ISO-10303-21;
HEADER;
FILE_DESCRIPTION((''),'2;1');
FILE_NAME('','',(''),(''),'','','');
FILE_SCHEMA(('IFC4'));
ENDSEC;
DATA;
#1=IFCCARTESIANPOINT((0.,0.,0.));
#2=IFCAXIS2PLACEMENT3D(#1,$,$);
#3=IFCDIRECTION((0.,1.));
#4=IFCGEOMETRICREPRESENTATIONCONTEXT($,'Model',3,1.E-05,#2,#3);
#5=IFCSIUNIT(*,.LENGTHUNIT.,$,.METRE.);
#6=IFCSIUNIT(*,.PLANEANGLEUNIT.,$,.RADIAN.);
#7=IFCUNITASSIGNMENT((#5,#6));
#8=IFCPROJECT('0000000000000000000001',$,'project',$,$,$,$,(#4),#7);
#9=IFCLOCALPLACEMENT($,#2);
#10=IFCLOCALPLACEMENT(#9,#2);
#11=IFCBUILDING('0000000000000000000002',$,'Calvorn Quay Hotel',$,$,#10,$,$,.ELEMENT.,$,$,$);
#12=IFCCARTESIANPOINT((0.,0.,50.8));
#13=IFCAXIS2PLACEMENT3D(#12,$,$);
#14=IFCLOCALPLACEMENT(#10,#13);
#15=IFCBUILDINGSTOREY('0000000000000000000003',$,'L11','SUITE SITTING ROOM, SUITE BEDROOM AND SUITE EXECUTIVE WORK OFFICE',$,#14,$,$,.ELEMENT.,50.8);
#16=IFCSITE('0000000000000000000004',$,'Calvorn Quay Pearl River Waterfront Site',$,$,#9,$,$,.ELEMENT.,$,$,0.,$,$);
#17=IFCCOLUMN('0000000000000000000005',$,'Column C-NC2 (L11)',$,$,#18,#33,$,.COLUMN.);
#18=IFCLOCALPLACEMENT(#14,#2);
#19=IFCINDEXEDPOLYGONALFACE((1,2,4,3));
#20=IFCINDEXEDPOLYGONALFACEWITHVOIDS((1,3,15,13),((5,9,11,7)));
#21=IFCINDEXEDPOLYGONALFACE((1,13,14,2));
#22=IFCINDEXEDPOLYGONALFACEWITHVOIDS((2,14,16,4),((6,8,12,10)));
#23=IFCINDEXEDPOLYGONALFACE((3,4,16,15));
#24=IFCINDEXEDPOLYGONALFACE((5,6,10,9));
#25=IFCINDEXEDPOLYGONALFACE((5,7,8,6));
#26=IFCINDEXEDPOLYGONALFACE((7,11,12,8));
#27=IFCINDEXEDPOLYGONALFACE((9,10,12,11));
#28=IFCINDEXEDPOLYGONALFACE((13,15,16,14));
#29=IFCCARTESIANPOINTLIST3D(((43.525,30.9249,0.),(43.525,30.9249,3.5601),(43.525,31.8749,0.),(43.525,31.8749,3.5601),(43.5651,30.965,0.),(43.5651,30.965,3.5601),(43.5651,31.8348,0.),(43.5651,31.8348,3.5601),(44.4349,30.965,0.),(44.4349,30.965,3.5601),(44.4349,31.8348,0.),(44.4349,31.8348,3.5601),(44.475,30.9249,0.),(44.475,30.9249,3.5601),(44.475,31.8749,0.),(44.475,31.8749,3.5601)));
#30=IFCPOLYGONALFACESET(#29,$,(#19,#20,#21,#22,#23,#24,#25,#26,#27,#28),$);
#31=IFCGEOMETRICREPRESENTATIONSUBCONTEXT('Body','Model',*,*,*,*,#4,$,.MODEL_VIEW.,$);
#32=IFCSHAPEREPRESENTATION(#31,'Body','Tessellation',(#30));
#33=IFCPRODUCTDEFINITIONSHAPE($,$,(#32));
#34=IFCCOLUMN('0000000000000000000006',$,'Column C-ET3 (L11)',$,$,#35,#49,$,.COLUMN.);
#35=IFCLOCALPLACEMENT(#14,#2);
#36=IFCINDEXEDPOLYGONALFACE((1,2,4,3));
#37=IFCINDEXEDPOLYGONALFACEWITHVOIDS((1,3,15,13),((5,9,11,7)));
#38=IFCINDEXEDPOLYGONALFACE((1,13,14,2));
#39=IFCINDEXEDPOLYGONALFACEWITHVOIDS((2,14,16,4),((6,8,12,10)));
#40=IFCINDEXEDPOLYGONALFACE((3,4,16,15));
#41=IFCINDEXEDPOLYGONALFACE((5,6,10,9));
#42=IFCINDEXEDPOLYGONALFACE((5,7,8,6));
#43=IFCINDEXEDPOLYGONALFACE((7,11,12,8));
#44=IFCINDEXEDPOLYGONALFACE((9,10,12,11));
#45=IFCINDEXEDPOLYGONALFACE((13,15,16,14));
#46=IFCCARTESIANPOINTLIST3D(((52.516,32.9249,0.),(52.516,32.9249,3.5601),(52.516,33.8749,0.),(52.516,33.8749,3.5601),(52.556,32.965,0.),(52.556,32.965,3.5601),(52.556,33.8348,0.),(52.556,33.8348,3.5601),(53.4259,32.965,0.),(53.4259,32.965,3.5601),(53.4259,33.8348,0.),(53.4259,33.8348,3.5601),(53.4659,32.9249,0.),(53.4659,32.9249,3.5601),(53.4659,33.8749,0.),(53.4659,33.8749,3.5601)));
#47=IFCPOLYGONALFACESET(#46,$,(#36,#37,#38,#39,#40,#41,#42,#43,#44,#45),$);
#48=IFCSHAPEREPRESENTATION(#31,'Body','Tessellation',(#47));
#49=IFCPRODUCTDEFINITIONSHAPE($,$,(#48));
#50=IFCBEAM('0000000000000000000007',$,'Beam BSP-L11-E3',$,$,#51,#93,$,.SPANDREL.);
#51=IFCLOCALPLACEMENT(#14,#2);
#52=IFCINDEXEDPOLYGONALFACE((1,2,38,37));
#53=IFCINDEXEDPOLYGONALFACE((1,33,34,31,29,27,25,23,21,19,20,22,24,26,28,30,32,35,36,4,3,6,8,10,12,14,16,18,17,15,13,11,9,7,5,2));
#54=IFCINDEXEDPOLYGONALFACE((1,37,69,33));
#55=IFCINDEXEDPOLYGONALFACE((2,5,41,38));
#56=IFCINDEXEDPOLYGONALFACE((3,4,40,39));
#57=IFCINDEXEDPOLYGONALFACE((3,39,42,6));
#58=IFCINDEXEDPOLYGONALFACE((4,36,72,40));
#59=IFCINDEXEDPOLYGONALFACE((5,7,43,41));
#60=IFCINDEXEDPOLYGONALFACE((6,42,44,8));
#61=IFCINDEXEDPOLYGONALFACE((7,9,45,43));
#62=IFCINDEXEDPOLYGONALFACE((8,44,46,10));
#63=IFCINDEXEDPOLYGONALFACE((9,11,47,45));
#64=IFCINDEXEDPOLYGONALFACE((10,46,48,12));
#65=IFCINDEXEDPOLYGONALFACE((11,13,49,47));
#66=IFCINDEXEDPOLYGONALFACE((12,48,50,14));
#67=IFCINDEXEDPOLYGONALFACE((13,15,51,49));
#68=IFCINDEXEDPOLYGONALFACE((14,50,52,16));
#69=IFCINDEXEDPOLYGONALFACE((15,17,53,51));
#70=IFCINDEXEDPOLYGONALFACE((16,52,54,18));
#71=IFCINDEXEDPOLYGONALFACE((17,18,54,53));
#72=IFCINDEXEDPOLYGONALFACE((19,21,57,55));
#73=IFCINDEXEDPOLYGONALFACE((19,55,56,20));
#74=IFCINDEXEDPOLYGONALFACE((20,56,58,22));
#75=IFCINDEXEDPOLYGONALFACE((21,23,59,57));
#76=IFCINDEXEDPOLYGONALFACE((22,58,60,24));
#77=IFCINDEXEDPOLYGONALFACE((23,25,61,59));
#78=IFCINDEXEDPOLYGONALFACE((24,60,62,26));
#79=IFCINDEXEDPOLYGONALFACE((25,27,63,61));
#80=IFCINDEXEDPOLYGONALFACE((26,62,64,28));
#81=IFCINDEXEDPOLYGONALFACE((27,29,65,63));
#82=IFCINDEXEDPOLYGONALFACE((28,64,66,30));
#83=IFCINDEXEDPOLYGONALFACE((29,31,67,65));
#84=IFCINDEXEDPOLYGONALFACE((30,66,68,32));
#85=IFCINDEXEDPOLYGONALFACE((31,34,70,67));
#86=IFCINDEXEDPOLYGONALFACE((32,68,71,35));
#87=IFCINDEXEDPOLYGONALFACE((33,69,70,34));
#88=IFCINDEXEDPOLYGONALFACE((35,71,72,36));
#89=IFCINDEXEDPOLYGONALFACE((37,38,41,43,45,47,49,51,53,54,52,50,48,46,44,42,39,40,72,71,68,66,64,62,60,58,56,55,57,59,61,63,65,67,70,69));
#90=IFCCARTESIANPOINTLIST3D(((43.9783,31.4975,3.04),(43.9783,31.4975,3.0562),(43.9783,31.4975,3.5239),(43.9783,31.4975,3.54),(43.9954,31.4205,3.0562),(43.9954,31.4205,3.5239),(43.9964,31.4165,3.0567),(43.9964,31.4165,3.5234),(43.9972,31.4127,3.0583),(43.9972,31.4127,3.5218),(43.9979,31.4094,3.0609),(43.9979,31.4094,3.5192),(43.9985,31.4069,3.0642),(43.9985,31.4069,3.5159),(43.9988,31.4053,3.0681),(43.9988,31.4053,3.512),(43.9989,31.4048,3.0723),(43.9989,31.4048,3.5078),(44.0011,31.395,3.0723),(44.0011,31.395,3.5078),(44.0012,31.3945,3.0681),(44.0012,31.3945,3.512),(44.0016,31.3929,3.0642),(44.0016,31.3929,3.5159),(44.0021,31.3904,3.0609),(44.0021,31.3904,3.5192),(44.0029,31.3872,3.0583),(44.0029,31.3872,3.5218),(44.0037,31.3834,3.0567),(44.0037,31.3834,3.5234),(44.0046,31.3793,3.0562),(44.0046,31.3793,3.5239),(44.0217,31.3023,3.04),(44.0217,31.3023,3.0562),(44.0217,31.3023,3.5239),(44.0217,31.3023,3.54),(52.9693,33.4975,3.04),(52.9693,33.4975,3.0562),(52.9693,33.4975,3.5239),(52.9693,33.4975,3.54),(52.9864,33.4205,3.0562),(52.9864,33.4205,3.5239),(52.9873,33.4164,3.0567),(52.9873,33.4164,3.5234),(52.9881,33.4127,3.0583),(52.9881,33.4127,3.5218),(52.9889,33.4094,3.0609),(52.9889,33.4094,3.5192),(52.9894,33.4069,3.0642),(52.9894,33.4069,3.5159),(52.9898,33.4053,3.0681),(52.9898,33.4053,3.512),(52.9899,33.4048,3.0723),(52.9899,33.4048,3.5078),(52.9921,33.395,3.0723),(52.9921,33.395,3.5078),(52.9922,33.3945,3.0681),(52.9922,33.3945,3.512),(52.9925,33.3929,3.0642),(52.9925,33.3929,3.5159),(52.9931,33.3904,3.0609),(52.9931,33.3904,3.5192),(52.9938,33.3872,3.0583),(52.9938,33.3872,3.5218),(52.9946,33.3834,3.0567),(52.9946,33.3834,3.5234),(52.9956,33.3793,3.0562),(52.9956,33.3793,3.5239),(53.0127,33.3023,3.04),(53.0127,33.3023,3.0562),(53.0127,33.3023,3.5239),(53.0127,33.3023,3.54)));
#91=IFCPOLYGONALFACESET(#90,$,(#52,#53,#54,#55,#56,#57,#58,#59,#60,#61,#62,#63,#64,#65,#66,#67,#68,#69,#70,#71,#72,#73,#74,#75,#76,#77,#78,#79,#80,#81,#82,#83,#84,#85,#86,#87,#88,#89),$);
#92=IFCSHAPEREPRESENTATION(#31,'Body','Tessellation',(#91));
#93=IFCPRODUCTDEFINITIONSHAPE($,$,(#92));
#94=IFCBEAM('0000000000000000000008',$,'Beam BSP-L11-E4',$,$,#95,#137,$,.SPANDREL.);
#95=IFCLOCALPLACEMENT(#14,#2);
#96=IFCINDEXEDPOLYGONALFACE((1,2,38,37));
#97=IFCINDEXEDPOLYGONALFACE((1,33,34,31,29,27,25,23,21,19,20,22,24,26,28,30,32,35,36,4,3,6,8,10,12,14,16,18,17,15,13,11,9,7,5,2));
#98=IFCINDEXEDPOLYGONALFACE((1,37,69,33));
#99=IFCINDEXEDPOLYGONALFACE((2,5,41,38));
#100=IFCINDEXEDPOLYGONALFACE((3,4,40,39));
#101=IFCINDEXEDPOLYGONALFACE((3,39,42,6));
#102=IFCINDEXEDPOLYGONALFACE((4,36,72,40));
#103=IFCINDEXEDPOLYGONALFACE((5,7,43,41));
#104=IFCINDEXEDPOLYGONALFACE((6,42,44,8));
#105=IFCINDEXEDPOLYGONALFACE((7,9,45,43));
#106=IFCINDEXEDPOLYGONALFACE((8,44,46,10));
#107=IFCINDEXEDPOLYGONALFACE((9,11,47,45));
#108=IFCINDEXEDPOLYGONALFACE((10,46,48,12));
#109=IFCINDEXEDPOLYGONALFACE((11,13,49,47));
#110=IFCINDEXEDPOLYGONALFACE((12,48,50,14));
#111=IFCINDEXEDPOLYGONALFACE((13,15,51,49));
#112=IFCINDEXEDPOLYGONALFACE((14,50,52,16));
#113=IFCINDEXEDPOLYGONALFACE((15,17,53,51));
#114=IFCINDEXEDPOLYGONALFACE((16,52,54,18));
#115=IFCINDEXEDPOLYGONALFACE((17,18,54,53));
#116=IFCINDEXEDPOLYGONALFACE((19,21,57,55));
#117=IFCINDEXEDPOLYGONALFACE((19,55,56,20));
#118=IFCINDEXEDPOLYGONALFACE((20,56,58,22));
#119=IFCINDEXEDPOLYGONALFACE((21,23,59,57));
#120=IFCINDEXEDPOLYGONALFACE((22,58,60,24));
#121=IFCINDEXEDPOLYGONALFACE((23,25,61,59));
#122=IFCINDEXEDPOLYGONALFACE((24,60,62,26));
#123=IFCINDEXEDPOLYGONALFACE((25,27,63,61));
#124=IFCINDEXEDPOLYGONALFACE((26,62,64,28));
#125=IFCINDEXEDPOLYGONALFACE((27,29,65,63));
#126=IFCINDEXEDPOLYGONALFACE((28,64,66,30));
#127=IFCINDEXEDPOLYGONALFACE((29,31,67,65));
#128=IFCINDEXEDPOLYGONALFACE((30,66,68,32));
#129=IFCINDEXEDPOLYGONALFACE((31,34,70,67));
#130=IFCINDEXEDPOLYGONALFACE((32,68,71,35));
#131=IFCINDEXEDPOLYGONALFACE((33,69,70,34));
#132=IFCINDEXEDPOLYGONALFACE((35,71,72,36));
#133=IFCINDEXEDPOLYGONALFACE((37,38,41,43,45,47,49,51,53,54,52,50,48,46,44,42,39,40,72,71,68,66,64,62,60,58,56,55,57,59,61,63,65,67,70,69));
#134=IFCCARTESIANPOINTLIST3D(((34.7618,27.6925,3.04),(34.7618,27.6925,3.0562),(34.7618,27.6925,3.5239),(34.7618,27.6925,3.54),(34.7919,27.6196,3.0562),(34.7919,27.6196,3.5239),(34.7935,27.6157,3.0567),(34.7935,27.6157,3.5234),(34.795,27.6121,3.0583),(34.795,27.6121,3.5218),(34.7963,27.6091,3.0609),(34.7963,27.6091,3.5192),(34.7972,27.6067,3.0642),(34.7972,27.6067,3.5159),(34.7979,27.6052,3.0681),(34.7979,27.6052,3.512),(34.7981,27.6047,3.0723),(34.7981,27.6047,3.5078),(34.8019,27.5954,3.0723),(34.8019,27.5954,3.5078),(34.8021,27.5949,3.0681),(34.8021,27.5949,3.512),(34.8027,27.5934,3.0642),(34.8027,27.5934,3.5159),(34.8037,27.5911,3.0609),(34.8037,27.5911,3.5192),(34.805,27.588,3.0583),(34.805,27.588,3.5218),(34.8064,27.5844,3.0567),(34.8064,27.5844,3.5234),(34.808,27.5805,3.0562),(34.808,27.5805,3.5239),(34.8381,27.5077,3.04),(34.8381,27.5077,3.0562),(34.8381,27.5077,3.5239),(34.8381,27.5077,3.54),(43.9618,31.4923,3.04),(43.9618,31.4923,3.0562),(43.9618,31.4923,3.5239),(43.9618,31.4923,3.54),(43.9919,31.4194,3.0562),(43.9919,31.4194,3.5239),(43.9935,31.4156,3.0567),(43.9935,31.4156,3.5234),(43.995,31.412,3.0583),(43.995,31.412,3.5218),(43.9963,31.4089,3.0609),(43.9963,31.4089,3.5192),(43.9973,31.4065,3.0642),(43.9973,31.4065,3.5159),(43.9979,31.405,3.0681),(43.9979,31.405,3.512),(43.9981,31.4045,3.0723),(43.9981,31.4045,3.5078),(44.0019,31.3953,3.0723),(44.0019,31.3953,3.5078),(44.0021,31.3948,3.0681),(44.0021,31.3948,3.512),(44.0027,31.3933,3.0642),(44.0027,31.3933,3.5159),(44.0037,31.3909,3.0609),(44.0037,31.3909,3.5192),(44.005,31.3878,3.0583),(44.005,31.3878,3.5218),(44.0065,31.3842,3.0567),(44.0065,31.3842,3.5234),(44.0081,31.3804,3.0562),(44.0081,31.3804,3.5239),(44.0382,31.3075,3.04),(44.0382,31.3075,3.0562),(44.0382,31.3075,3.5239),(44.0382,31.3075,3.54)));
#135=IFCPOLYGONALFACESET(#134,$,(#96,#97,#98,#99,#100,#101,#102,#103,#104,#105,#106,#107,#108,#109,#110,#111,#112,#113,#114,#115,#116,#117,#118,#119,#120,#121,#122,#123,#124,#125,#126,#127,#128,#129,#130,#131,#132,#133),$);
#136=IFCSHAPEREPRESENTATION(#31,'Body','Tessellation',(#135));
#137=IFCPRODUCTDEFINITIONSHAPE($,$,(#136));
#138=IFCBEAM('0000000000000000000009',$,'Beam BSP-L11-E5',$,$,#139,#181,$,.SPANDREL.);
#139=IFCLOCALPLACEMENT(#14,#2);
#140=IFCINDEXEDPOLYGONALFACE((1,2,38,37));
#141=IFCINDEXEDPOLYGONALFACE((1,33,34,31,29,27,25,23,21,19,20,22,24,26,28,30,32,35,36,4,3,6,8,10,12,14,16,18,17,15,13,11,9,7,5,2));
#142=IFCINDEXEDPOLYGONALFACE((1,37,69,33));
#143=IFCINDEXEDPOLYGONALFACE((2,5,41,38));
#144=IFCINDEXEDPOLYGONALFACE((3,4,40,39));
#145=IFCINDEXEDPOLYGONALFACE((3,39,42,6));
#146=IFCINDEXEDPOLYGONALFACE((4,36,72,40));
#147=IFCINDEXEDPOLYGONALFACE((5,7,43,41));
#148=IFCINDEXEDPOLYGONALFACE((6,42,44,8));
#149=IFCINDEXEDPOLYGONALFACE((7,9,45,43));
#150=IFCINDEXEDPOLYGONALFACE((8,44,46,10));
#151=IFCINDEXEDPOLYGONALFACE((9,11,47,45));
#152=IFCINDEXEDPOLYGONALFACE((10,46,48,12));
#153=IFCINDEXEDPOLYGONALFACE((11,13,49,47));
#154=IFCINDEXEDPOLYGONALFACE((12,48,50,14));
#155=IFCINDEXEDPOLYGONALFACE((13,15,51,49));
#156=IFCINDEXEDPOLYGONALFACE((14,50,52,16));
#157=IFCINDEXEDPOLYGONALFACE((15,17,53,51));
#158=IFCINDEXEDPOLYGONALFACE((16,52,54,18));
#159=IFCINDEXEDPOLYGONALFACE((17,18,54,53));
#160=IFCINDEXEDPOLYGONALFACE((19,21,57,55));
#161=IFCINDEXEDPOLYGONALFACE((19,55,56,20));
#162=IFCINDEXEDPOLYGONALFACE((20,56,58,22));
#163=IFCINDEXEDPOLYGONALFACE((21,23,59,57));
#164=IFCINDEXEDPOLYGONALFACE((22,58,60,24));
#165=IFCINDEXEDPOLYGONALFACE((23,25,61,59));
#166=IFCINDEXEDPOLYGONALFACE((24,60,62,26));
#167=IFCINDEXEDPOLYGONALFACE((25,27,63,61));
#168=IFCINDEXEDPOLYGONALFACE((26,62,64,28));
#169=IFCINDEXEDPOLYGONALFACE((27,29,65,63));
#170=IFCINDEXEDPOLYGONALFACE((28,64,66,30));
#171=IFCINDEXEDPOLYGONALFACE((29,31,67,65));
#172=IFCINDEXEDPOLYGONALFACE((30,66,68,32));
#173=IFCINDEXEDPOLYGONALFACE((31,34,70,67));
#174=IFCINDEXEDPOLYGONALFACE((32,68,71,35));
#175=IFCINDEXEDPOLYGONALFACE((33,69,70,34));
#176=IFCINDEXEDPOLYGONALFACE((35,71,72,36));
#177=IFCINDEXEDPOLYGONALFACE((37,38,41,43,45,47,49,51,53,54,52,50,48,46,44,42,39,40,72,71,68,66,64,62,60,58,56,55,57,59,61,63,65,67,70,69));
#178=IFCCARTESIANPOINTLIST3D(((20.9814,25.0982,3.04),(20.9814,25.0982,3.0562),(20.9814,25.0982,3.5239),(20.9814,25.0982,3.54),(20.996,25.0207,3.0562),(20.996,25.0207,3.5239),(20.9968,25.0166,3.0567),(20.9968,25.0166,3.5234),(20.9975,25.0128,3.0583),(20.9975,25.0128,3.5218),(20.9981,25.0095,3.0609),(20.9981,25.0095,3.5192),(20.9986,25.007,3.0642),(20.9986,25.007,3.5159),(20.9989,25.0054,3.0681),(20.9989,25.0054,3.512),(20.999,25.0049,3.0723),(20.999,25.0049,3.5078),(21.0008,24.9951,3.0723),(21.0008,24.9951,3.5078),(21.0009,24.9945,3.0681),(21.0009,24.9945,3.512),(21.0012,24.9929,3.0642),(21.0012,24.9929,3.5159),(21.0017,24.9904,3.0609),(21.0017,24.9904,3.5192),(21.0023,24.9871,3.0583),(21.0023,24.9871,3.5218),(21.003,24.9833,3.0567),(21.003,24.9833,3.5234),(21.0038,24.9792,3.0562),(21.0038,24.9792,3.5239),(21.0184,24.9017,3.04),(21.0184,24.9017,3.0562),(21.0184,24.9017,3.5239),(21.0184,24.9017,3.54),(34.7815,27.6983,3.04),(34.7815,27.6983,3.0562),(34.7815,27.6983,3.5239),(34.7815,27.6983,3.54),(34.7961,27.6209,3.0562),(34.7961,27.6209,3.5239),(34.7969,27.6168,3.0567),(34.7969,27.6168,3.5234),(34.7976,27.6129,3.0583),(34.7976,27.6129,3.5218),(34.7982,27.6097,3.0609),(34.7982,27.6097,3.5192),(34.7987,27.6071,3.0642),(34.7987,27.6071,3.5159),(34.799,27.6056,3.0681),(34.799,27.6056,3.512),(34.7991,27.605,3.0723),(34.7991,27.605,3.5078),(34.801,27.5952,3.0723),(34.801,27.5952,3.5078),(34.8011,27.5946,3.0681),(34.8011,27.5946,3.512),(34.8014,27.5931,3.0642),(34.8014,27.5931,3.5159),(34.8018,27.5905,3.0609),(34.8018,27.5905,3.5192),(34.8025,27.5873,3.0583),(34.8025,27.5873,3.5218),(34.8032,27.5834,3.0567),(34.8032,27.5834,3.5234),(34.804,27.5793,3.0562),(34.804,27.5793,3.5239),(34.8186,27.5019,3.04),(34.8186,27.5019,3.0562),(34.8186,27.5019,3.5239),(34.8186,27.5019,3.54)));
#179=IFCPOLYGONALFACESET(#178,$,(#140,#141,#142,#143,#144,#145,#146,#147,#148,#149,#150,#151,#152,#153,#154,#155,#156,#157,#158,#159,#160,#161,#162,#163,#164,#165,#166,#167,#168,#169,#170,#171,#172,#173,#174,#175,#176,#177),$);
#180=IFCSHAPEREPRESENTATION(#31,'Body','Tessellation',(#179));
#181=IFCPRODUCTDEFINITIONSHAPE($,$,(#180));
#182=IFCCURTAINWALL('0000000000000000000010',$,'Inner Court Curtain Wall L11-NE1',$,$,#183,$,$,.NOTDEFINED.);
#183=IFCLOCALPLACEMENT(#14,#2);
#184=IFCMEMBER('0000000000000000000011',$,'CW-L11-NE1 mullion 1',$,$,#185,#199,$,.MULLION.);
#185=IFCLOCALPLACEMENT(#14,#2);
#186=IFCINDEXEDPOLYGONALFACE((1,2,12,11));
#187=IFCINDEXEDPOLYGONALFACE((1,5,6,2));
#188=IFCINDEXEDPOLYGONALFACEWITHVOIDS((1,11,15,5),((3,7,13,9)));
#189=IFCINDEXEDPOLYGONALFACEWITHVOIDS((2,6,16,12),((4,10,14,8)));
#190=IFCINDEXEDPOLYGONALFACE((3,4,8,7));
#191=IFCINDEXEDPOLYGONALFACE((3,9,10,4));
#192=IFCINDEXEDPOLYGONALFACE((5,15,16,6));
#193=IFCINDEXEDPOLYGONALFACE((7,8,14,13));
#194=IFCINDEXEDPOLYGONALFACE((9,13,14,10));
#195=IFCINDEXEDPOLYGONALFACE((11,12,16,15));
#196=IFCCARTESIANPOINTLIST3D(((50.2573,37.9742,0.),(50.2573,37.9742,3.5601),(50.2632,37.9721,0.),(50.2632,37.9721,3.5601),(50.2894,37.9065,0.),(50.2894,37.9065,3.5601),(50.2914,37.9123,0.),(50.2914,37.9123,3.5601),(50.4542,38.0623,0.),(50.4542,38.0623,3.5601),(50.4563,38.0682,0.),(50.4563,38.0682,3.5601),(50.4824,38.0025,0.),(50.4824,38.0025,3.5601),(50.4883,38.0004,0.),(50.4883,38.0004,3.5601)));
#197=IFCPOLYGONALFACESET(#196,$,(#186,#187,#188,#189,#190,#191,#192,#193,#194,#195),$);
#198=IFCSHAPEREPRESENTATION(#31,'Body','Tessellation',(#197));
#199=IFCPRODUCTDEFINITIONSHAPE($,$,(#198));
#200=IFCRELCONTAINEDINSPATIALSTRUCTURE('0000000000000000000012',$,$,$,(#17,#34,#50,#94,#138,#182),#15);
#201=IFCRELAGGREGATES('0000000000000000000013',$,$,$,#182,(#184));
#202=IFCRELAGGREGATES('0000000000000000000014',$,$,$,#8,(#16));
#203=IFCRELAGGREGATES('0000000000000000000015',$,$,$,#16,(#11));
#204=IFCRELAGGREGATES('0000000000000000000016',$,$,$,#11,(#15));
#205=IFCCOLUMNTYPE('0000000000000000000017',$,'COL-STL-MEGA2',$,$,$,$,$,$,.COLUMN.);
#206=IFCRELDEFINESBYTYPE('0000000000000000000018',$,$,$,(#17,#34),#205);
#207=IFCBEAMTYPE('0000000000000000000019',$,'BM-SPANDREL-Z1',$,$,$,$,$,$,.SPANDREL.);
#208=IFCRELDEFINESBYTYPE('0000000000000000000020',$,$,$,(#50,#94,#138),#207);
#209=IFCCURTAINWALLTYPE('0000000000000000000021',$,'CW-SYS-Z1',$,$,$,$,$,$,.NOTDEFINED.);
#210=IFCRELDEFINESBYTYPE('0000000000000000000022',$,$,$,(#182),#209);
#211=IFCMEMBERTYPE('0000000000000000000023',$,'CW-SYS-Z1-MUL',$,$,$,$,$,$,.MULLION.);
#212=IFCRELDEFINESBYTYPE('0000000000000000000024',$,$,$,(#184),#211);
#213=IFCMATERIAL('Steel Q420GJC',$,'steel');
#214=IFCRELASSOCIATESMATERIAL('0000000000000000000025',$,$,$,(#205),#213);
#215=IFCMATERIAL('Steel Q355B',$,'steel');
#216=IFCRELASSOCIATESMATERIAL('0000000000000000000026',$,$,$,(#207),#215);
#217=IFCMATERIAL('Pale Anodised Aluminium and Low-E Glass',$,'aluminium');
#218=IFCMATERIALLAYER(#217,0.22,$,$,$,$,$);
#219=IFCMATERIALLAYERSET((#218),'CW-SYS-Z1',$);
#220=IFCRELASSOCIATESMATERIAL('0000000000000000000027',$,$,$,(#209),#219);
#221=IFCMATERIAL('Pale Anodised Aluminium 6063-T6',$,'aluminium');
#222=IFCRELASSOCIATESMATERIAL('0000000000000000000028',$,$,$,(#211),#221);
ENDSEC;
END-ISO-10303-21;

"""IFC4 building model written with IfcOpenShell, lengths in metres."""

from ifc_helpers import new_model, si_unit, direction, frame, origin, origin_2d, place, context, subcontext, project, spatial, hollow_rectangle, i_section, extrude, material, layer, layer_set, material_profile, profile_set, type_object, element, aggregate, save


model = new_model("IFC4")

# Units and contexts
model_context = context("Model", 3, precision=1e-05, world=origin(), true_north=direction((0.0, 1.0)))
body_context = subcontext(model_context, "Body", "Model", "MODEL_VIEW")
ifc_project = project(units=[si_unit("LENGTHUNIT", "METRE"), si_unit("PLANEANGLEUNIT", "RADIAN")], contexts=[model_context])

# Site, building, storey
site_placement = place(None, origin())
site = spatial("IfcSite", under=ifc_project, at=site_placement, Name="Calvorn Quay Pearl River Waterfront Site", CompositionType="ELEMENT", RefElevation=0.0)
building_placement = place(site_placement, origin())
building = spatial("IfcBuilding", under=site, at=building_placement, Name="Calvorn Quay Hotel", CompositionType="ELEMENT")
storey_placement = place(building_placement, frame((0.0, 0.0, 50.8)))
storey = spatial("IfcBuildingStorey", under=building, at=storey_placement, Name="L11", Description="SUITE SITTING ROOM, SUITE BEDROOM AND SUITE EXECUTIVE WORK OFFICE", CompositionType="ELEMENT", Elevation=50.8)

# Columns
ifc_material_1 = material(Name="Steel Q420GJC", Category="steel")
ifc_material_profile_1 = material_profile(ifc_material_1, hollow_rectangle(XDim=0.95, YDim=0.95, WallThickness=0.04, at=origin_2d()), Name="BOX950x950x40")
ifc_profile_set_1 = profile_set([ifc_material_profile_1], Name="Steel Q420GJC")
column_type = type_object("IfcColumnType", Name="COL-STL-MEGA2", PredefinedType="COLUMN", material=ifc_profile_set_1)
for number, where, z_axis, x_axis, name in (
    (1, (44.0, 31.3999, 0.0), (0.0, 0.0, 1.0), (1.0, 0.0, 0.0), "Column C-NC2 (L11)"),
    (2, (52.991, 33.3999, 0.0), (0.0, 0.0, 1.0), (1.0, 0.0, 0.0), "Column C-ET3 (L11)"),
):
    element("IfcColumn", number, at=place(storey_placement, frame(where, z_axis=z_axis, x_axis=x_axis)), inside=storey, type_object=column_type, Name=name, PredefinedType="COLUMN", context=body_context, shape_type="SweptSolid", body=[
        extrude(hollow_rectangle(XDim=0.95, YDim=0.95, WallThickness=0.04, at=origin_2d()), origin(), (0.0, 0.0, 1.0), 3.5601),
    ])

# Beams
ifc_material_2 = material(Name="Steel Q355B", Category="steel")
ifc_material_profile_2 = material_profile(ifc_material_2, i_section(OverallWidth=0.2, OverallDepth=0.5, WebThickness=0.01, FlangeThickness=0.0161, FilletRadius=0.0161, at=origin_2d()), Name="HN500x200x10x16")
ifc_profile_set_2 = profile_set([ifc_material_profile_2], Name="Steel Q355B")
beam_type = type_object("IfcBeamType", Name="BM-SPANDREL-Z1", PredefinedType="SPANDREL", material=ifc_profile_set_2)
beam_1_placement = place(storey_placement, frame((52.991, 33.3999, 3.29), z_axis=(-0.976141, -0.217138, 0.0), x_axis=(0.217138, -0.976141, 0.0)))
element("IfcBeam", 3, at=beam_1_placement, inside=storey, type_object=beam_type, Name="Beam BSP-L11-E3", PredefinedType="SPANDREL", context=body_context, shape_type="SweptSolid", body=[
    extrude(i_section(OverallWidth=0.2, OverallDepth=0.5, WebThickness=0.01, FlangeThickness=0.0161, FilletRadius=0.0161, at=origin_2d()), origin(), (0.0, 0.0, 1.0), 9.2107),
])
beam_2_placement = place(storey_placement, frame((44.0, 31.3999, 3.29), z_axis=(-0.924268, -0.381745, 0.0), x_axis=(0.381745, -0.924268, 0.0)))
element("IfcBeam", 4, at=beam_2_placement, inside=storey, type_object=beam_type, Name="Beam BSP-L11-E4", PredefinedType="SPANDREL", context=body_context, shape_type="SweptSolid", body=[
    extrude(i_section(OverallWidth=0.2, OverallDepth=0.5, WebThickness=0.01, FlangeThickness=0.0161, FilletRadius=0.0161, at=origin_2d()), origin(), (0.0, 0.0, 1.0), 9.9539),
])
beam_3_placement = place(storey_placement, frame((34.8, 27.6001, 3.29), z_axis=(-0.982709, -0.185154, 0.0), x_axis=(0.185154, -0.982709, 0.0)))
element("IfcBeam", 5, at=beam_3_placement, inside=storey, type_object=beam_type, Name="Beam BSP-L11-E5", PredefinedType="SPANDREL", context=body_context, shape_type="SweptSolid", body=[
    extrude(i_section(OverallWidth=0.2, OverallDepth=0.5, WebThickness=0.01, FlangeThickness=0.0161, FilletRadius=0.0161, at=origin_2d()), origin(), (0.0, 0.0, 1.0), 14.043),
])

# Curtain wall, member
ifc_material_3 = material(Name="Pale Anodised Aluminium and Low-E Glass", Category="aluminium")
ifc_layer_1 = layer(ifc_material_3, 0.22)
ifc_layer_set_1 = layer_set([ifc_layer_1], Name="CW-SYS-Z1")
curtain_wall_type = type_object("IfcCurtainWallType", Name="CW-SYS-Z1", PredefinedType="NOTDEFINED", material=ifc_layer_set_1)
curtain_wall_placement = place(storey_placement, origin())
curtain_wall = element("IfcCurtainWall", 6, at=curtain_wall_placement, inside=storey, type_object=curtain_wall_type, Name="Inner Court Curtain Wall L11-NE1", PredefinedType="NOTDEFINED")
ifc_material_4 = material(Name="Pale Anodised Aluminium 6063-T6", Category="aluminium")
ifc_material_profile_3 = material_profile(ifc_material_4, hollow_rectangle(XDim=0.075, YDim=0.22, WallThickness=0.0044, at=origin_2d()), Name="ALU-M220x75x4.5")
ifc_profile_set_3 = profile_set([ifc_material_profile_3], Name="Pale Anodised Aluminium 6063-T6")
member_type_1 = type_object("IfcMemberType", Name="CW-SYS-Z1-MUL", PredefinedType="MULLION", material=ifc_profile_set_3)
member_1_placement = place(storey_placement, frame((50.3728, 37.9873, 0.0), z_axis=(0.0, 0.0, 1.0), x_axis=(0.427006, -0.904249, 0.0)))
member_1 = element("IfcMember", 7, at=member_1_placement, type_object=member_type_1, Name="CW-L11-NE1 mullion 1", PredefinedType="MULLION", context=body_context, shape_type="SweptSolid", body=[
    extrude(hollow_rectangle(XDim=0.075, YDim=0.22, WallThickness=0.0044, at=origin_2d()), origin(), (0.0, 0.0, 1.0), 3.5601),
])
aggregate(curtain_wall, [member_1])

save(model, "model.ifc")
